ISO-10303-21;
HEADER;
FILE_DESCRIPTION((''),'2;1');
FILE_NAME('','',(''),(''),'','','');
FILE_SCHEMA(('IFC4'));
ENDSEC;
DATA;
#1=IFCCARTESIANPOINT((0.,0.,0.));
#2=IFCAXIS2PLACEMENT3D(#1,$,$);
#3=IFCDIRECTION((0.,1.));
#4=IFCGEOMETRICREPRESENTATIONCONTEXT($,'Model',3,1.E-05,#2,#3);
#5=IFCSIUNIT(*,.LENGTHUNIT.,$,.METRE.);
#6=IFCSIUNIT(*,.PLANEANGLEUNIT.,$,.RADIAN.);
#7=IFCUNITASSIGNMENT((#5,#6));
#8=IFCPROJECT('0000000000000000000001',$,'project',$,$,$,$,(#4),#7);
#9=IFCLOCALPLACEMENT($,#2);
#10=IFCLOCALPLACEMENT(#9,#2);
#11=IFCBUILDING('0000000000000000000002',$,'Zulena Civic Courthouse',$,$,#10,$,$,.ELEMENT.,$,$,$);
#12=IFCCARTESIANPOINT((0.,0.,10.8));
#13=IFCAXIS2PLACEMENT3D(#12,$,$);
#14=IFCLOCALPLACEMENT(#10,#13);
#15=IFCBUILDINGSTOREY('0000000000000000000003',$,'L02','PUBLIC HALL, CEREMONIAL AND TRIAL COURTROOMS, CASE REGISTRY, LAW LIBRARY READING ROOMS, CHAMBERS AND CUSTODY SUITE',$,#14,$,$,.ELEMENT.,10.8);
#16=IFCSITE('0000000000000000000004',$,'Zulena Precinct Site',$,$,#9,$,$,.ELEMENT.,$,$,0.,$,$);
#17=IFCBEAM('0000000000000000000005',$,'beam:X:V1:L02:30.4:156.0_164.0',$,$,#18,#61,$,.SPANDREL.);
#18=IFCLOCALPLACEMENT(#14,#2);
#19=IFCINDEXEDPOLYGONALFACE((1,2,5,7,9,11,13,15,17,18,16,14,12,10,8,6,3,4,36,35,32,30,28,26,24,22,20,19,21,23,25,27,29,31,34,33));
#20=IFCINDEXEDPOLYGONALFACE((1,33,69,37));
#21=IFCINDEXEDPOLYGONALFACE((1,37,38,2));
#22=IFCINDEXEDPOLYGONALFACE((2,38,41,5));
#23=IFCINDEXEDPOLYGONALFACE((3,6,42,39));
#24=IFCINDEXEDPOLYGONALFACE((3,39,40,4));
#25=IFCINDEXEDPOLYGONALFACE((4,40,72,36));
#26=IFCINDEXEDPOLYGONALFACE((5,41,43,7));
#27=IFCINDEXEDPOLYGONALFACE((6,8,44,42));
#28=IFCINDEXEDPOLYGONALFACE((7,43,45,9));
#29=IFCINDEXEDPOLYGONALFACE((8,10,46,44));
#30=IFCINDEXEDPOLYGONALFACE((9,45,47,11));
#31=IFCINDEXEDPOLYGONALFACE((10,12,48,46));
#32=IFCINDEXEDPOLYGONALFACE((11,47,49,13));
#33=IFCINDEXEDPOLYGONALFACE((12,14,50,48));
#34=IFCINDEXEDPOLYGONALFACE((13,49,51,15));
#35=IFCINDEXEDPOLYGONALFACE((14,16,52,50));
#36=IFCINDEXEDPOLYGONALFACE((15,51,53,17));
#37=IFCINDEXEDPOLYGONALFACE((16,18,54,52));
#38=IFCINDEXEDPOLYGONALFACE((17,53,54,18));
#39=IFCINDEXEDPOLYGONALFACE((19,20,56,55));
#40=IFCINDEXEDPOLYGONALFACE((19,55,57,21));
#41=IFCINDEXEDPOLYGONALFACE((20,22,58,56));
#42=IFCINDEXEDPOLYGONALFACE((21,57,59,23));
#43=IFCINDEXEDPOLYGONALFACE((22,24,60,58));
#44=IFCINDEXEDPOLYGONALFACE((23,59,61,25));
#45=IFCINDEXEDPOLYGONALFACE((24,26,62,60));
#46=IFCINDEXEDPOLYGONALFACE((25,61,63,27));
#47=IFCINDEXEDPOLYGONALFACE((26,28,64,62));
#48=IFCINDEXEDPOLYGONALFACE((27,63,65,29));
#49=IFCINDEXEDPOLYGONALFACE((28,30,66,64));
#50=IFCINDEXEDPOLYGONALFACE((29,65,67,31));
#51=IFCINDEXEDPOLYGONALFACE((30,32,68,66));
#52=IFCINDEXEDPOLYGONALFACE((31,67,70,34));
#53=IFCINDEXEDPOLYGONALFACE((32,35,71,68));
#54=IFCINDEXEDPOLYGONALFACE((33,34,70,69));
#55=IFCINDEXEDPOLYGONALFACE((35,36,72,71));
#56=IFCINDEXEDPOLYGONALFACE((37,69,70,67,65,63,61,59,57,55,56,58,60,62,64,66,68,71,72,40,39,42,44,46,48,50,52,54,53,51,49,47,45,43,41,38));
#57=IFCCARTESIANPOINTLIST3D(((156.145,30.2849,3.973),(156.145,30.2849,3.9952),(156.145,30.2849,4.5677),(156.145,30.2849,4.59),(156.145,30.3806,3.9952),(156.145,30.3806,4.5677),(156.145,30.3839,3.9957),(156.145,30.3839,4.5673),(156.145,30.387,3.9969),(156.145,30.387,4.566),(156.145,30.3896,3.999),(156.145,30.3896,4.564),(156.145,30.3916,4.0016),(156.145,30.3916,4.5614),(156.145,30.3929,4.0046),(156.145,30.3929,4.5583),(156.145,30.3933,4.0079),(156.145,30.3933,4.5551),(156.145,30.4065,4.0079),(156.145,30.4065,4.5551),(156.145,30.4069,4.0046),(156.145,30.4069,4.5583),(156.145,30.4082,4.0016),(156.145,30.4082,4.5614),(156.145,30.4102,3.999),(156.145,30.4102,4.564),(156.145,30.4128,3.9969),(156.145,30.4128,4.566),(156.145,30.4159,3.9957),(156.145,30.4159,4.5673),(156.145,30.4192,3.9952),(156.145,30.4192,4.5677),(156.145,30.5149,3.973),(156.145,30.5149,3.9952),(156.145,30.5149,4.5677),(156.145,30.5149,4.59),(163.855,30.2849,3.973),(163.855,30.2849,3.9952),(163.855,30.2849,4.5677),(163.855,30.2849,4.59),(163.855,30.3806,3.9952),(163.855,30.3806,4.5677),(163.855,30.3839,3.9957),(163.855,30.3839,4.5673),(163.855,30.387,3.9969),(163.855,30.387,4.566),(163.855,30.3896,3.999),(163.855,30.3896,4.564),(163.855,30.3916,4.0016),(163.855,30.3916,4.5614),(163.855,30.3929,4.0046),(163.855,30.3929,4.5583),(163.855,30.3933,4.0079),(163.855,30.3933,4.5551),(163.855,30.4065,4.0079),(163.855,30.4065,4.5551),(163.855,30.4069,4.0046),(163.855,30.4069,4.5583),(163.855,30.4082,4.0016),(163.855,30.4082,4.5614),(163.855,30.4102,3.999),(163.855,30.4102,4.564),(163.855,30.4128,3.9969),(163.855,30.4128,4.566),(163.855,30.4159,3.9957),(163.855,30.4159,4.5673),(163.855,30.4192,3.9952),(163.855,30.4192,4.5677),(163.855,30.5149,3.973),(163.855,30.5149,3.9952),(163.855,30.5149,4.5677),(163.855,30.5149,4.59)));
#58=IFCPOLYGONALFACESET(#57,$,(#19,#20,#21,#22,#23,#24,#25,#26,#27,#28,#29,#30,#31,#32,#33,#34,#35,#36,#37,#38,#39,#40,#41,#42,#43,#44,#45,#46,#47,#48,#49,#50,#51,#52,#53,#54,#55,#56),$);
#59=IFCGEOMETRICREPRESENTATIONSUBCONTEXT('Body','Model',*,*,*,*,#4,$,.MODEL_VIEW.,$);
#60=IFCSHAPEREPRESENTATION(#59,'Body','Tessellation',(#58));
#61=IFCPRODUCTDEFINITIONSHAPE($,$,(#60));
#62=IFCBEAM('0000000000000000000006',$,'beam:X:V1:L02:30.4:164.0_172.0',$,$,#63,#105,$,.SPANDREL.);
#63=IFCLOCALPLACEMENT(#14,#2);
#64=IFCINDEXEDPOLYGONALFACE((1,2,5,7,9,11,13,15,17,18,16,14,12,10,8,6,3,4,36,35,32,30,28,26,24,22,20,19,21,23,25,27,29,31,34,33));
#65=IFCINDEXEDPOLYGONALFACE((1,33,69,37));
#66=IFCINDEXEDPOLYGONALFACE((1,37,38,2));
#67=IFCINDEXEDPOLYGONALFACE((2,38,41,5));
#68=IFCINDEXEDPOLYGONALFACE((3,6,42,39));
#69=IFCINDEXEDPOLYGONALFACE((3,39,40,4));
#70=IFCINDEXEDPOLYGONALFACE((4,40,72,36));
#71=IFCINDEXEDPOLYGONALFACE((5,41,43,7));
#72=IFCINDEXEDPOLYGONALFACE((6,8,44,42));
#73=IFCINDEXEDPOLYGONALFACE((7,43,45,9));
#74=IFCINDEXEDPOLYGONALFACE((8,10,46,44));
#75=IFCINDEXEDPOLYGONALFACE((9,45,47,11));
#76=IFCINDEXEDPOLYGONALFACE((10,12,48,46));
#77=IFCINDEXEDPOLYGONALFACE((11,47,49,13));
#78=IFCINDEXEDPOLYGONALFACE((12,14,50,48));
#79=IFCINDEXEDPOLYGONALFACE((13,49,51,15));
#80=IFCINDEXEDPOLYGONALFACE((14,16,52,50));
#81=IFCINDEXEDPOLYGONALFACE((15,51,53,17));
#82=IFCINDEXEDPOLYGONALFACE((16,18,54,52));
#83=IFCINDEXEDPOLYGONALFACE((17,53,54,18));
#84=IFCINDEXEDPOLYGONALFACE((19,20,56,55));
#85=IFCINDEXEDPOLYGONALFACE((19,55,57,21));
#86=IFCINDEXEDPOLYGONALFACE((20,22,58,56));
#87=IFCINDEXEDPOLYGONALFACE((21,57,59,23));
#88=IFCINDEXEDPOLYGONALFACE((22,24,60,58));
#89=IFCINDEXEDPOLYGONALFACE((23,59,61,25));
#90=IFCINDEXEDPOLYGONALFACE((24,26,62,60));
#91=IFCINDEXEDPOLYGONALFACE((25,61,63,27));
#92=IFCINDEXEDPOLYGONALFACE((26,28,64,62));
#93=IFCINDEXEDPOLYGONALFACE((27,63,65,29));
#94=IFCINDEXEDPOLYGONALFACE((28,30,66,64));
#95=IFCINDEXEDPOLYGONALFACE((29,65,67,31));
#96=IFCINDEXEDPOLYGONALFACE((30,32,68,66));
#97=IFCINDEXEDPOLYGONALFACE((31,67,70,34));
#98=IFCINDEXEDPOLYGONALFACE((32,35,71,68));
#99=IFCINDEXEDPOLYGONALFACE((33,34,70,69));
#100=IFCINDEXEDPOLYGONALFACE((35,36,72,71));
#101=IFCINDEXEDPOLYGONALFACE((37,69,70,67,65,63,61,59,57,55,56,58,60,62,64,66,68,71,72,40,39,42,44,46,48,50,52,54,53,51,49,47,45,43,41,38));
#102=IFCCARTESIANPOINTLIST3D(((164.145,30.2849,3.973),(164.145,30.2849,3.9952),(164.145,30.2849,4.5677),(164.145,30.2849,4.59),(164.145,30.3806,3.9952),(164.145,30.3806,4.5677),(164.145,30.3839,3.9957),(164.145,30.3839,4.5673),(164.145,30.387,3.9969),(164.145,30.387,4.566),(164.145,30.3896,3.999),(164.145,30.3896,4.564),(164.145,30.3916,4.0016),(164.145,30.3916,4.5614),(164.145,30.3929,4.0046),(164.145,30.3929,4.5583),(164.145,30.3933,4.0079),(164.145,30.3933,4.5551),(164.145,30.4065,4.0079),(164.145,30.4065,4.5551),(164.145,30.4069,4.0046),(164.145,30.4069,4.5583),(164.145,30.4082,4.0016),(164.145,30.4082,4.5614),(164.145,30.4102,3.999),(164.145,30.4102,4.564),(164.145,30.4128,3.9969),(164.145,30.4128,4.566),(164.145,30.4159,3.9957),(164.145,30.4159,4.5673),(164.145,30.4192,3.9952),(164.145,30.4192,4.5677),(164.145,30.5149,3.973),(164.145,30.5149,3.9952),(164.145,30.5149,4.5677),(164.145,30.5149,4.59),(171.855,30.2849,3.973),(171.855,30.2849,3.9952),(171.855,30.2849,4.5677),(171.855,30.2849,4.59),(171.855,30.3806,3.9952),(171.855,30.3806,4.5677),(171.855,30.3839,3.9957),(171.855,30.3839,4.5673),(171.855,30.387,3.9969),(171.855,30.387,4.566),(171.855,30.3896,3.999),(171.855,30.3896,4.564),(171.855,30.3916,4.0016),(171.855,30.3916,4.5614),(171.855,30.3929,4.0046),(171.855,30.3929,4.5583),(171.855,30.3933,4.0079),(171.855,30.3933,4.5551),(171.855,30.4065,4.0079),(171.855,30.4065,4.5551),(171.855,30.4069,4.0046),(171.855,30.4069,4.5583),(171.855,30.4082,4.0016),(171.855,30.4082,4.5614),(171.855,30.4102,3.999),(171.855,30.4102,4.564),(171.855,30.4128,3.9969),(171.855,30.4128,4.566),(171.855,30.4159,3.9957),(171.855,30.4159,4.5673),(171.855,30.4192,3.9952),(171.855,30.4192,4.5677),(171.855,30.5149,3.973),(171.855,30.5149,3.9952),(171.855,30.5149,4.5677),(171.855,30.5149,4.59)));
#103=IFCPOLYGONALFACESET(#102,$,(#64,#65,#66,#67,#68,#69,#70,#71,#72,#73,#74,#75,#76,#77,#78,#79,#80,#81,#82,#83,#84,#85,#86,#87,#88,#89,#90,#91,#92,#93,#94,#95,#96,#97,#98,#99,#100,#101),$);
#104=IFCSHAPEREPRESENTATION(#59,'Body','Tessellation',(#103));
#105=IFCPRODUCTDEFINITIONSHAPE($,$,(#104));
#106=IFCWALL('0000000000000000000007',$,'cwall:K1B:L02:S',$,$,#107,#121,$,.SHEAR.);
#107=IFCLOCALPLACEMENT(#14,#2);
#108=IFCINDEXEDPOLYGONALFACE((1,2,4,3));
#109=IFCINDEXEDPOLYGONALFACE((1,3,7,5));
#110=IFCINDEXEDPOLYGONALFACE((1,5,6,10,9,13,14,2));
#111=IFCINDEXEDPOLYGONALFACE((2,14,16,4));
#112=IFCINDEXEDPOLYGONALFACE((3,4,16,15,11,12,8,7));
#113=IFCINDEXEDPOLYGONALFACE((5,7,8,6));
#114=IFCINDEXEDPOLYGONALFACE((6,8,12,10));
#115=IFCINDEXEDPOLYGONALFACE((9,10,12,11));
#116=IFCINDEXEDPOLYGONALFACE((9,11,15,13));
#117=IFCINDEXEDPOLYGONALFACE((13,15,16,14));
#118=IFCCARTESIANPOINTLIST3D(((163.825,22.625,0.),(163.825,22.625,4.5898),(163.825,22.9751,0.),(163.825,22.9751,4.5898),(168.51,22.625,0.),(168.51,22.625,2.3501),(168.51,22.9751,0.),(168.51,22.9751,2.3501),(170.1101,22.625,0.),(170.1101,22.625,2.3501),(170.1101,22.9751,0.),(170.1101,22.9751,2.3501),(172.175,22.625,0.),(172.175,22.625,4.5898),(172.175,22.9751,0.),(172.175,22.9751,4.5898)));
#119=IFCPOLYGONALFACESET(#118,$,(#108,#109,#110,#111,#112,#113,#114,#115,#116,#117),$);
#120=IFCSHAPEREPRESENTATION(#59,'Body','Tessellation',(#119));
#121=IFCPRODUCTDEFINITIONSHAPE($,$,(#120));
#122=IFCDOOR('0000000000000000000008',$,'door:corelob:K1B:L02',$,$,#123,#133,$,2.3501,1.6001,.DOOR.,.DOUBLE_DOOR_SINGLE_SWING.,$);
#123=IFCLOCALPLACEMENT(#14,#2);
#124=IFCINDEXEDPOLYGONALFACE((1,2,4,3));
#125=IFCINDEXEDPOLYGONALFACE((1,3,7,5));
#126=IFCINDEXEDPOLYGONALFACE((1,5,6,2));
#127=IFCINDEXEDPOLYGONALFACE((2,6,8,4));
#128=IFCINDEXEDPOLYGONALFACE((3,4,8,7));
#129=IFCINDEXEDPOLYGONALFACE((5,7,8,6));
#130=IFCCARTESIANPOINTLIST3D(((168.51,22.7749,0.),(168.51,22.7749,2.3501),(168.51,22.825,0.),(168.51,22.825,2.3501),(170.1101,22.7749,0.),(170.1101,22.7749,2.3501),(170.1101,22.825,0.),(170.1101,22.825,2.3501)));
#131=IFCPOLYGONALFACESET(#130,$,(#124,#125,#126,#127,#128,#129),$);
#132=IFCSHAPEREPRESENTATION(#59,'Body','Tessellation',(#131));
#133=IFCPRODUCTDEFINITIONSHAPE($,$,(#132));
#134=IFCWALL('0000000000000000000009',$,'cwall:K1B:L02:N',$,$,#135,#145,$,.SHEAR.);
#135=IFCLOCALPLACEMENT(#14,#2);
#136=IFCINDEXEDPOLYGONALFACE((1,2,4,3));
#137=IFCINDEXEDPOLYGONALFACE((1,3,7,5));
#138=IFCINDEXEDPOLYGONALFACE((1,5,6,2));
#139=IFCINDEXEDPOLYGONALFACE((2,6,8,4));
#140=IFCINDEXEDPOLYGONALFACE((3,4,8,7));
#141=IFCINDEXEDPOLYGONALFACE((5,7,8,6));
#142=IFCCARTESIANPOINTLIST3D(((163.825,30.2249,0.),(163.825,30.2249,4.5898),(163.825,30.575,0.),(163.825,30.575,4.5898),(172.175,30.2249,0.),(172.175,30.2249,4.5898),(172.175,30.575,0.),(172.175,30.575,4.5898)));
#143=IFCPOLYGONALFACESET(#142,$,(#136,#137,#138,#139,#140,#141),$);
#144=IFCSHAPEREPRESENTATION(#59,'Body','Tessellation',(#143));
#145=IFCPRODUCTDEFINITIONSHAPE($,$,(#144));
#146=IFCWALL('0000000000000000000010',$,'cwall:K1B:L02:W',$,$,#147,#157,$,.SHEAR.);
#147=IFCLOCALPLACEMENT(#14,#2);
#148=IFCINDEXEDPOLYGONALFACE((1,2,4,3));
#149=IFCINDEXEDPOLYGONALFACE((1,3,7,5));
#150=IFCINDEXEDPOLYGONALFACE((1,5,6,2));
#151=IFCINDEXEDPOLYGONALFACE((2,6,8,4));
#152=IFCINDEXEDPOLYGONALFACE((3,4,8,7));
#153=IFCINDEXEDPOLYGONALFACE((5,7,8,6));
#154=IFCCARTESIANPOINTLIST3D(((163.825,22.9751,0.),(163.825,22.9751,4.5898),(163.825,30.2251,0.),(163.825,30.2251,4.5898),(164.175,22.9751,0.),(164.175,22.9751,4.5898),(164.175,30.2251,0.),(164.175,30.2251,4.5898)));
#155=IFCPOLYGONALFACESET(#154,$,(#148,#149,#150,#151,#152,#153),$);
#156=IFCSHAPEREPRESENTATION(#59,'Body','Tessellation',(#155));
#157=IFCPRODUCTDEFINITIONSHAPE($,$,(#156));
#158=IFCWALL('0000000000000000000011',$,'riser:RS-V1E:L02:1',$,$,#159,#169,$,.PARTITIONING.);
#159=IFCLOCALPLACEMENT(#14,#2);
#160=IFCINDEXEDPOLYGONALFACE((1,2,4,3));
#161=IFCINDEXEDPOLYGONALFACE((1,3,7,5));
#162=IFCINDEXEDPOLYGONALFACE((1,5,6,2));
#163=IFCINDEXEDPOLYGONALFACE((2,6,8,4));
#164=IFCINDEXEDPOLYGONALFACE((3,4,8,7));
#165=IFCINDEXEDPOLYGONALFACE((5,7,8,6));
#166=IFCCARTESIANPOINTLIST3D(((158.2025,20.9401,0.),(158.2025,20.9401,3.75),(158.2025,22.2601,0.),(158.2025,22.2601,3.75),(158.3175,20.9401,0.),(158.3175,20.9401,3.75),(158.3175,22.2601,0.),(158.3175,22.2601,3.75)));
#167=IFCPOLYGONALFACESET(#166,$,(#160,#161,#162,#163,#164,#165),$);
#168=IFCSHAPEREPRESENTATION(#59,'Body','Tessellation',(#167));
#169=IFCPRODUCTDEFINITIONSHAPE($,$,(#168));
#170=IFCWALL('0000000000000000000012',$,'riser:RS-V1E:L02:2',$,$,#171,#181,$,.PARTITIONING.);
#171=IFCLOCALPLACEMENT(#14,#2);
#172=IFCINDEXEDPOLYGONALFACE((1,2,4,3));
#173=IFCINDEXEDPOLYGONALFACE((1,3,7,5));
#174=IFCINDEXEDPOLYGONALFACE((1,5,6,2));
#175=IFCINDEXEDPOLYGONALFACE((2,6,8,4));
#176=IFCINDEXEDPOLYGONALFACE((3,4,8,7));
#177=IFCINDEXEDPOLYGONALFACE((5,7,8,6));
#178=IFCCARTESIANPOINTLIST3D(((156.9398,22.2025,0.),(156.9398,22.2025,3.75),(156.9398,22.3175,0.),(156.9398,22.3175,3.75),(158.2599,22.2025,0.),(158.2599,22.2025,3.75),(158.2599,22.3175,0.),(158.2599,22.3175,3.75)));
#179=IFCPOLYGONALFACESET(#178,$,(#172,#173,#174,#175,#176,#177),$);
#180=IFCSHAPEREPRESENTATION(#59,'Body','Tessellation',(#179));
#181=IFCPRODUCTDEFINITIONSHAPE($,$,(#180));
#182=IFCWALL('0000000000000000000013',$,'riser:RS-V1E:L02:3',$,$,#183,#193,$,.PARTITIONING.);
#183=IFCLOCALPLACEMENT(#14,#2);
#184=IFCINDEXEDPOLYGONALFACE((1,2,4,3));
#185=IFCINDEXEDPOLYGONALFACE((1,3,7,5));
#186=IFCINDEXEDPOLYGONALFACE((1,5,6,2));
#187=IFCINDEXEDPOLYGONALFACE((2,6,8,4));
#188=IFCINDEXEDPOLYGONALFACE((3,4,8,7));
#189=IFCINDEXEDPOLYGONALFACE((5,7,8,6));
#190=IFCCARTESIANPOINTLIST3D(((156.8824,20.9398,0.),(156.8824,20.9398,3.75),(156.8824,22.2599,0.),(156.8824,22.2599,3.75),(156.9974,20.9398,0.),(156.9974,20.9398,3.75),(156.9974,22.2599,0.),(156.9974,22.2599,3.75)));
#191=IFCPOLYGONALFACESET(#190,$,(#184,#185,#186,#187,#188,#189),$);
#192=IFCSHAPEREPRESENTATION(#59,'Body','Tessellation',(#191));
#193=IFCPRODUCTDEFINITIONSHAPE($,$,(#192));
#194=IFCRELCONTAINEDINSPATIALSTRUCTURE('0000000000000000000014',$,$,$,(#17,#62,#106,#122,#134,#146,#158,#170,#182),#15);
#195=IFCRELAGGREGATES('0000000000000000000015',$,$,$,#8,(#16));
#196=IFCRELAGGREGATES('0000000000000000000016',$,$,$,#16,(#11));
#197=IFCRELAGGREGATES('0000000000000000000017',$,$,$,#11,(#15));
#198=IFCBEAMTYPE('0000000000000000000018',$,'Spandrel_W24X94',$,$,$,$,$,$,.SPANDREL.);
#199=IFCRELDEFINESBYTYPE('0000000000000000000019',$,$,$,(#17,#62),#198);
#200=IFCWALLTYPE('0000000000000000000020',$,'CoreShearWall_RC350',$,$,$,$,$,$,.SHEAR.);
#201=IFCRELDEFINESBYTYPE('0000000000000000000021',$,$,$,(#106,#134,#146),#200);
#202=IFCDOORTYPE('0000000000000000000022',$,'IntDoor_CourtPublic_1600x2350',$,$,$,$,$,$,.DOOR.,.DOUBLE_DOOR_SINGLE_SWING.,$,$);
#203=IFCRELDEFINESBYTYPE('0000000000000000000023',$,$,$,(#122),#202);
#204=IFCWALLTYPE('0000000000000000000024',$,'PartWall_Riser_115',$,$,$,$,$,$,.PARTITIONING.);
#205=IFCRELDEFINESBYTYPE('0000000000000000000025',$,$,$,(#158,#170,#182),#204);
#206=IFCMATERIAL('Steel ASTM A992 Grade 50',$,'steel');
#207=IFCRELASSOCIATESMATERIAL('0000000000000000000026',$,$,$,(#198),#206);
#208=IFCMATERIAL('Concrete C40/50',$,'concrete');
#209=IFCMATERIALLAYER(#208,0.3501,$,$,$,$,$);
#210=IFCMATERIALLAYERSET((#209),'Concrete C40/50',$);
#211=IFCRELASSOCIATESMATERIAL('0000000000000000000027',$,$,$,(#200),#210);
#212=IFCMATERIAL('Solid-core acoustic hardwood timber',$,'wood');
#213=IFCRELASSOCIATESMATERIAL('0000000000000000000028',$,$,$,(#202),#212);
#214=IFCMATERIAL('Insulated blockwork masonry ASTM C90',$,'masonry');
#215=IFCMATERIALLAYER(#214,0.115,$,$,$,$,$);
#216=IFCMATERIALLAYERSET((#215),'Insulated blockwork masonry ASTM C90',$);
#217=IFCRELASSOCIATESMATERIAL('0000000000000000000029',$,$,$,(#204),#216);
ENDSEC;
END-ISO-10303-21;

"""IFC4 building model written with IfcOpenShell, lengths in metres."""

from ifc_helpers import new_model, si_unit, direction, frame, frame_2d, origin, origin_2d, place, context, subcontext, project, spatial, rectangle, i_section, extrude, material, layer, layer_set, material_profile, profile_set, type_object, element, fill, save


model = new_model("IFC4")

# Units and contexts
model_context = context("Model", 3, precision=1e-05, world=origin(), true_north=direction((0.0, 1.0)))
body_context = subcontext(model_context, "Body", "Model", "MODEL_VIEW")
ifc_project = project(units=[si_unit("LENGTHUNIT", "METRE"), si_unit("PLANEANGLEUNIT", "RADIAN")], contexts=[model_context])

# Site, building, storey
site_placement = place(None, origin())
site = spatial("IfcSite", under=ifc_project, at=site_placement, Name="Zulena Precinct Site", CompositionType="ELEMENT", RefElevation=0.0)
building_placement = place(site_placement, origin())
building = spatial("IfcBuilding", under=site, at=building_placement, Name="Zulena Civic Courthouse", CompositionType="ELEMENT")
storey_placement = place(building_placement, frame((0.0, 0.0, 10.8)))
storey = spatial("IfcBuildingStorey", under=building, at=storey_placement, Name="L02", Description="PUBLIC HALL, CEREMONIAL AND TRIAL COURTROOMS, CASE REGISTRY, LAW LIBRARY READING ROOMS, CHAMBERS AND CUSTODY SUITE", CompositionType="ELEMENT", Elevation=10.8)

# Shared definitions
ifc_material_1 = material(Name="Steel ASTM A992 Grade 50", Category="steel")

# Beams
ifc_material_profile_1 = material_profile(ifc_material_1, i_section(OverallWidth=0.23, OverallDepth=0.6169, WebThickness=0.0132, FlangeThickness=0.0222, FilletRadius=0.0127, at=origin_2d()), Name="W24X94")
ifc_profile_set_1 = profile_set([ifc_material_profile_1], Name="Steel ASTM A992 Grade 50")
beam_type_1 = type_object("IfcBeamType", Name="Spandrel_W24X94", PredefinedType="SPANDREL", material=ifc_profile_set_1)
for number, where, z_axis, x_axis, name in (
    (1, (156.145, 30.3999, 4.2815), (1.0, 0.0, 0.0), (0.0, 1.0, 0.0), "beam:X:V1:L02:30.4:156.0_164.0"),
    (2, (164.145, 30.3999, 4.2815), (1.0, 0.0, 0.0), (0.0, 1.0, 0.0), "beam:X:V1:L02:30.4:164.0_172.0"),
):
    element("IfcBeam", number, at=place(storey_placement, frame(where, z_axis=z_axis, x_axis=x_axis)), inside=storey, type_object=beam_type_1, Name=name, PredefinedType="SPANDREL", context=body_context, shape_type="SweptSolid", body=[
        extrude(i_section(OverallWidth=0.23, OverallDepth=0.6169, WebThickness=0.0132, FlangeThickness=0.0222, FilletRadius=0.0127, at=origin_2d()), origin(), (0.0, 0.0, 1.0), 7.71),
    ])

# Wall, opening, door
ifc_material_2 = material(Name="Concrete C40/50", Category="concrete")
ifc_layer_1 = layer(ifc_material_2, 0.3501)
ifc_layer_set_1 = layer_set([ifc_layer_1], Name="Concrete C40/50")
wall_type_1 = type_object("IfcWallType", Name="CoreShearWall_RC350", PredefinedType="SHEAR", material=ifc_layer_set_1)
wall_1_placement = place(storey_placement, frame((163.825, 22.8, 0.0), z_axis=(0.0, 0.0, 1.0), x_axis=(1.0, 0.0, 0.0)))
wall_1 = element("IfcWall", 3, at=wall_1_placement, inside=storey, type_object=wall_type_1, Name="cwall:K1B:L02:S", PredefinedType="SHEAR", context=body_context, shape_type="SweptSolid", body=[
    extrude(rectangle(XDim=8.3501, YDim=0.3501, at=frame_2d((4.175, 0.0))), origin(), (0.0, 0.0, 1.0), 4.5898),
])
opening_placement = place(wall_1_placement, frame((4.6851, 0.0, 0.0)))
opening = element("IfcOpeningElement", 4, at=opening_placement, cuts=wall_1, PredefinedType="OPENING", context=body_context, shape_type="SweptSolid", body=[
    extrude(rectangle(XDim=1.6001, YDim=2.3501, at=frame_2d((0.8, 1.175))), frame((0.0, 0.1851, 0.0), z_axis=(0.0, -1.0, 0.0), x_axis=(1.0, 0.0, 0.0)), (0.0, 0.0, 1.0), 0.3701),
])
ifc_material_3 = material(Name="Solid-core acoustic hardwood timber", Category="wood")
door_type = type_object("IfcDoorType", Name="IntDoor_CourtPublic_1600x2350", OperationType="DOUBLE_DOOR_SINGLE_SWING", PredefinedType="DOOR", material=ifc_material_3)
door_placement = place(opening_placement, origin())
door = element("IfcDoor", 5, at=door_placement, inside=storey, type_object=door_type, Name="door:corelob:K1B:L02", OperationType="DOUBLE_DOOR_SINGLE_SWING", OverallHeight=2.3501, OverallWidth=1.6001, PredefinedType="DOOR", context=body_context, shape_type="SweptSolid", body=[
    extrude(rectangle(XDim=1.6001, YDim=2.3501, at=frame_2d((0.8, 1.175))), frame((0.0, 0.0249, 0.0), z_axis=(0.0, -1.0, 0.0), x_axis=(1.0, 0.0, 0.0)), (0.0, 0.0, 1.0), 0.05),
])
fill(opening, door)

# Walls
wall_2_placement = place(storey_placement, frame((163.825, 30.3999, 0.0), z_axis=(0.0, 0.0, 1.0), x_axis=(1.0, 0.0, 0.0)))
element("IfcWall", 6, at=wall_2_placement, inside=storey, type_object=wall_type_1, Name="cwall:K1B:L02:N", PredefinedType="SHEAR", context=body_context, shape_type="SweptSolid", body=[
    extrude(rectangle(XDim=8.3501, YDim=0.3501, at=frame_2d((4.175, 0.0))), origin(), (0.0, 0.0, 1.0), 4.5898),
])
wall_3_placement = place(storey_placement, frame((164.0, 22.9751, 0.0), z_axis=(0.0, 0.0, 1.0), x_axis=(0.0, 1.0, 0.0)))
element("IfcWall", 7, at=wall_3_placement, inside=storey, type_object=wall_type_1, Name="cwall:K1B:L02:W", PredefinedType="SHEAR", context=body_context, shape_type="SweptSolid", body=[
    extrude(rectangle(XDim=7.25, YDim=0.3501, at=frame_2d((3.625, 0.0))), origin(), (0.0, 0.0, 1.0), 4.5898),
])
ifc_material_4 = material(Name="Insulated blockwork masonry ASTM C90", Category="masonry")
ifc_layer_2 = layer(ifc_material_4, 0.115)
ifc_layer_set_2 = layer_set([ifc_layer_2], Name="Insulated blockwork masonry ASTM C90")
wall_type_2 = type_object("IfcWallType", Name="PartWall_Riser_115", PredefinedType="PARTITIONING", material=ifc_layer_set_2)
for number, where, z_axis, x_axis, name in (
    (8, (158.26, 20.9399, 0.0), (0.0, 0.0, 1.0), (0.0, 1.0, 0.0), "riser:RS-V1E:L02:1"),
    (9, (158.26, 22.26, 0.0), (0.0, 0.0, 1.0), (-1.0, 0.0, 0.0), "riser:RS-V1E:L02:2"),
    (10, (156.9399, 22.26, 0.0), (0.0, 0.0, 1.0), (0.0, -1.0, 0.0), "riser:RS-V1E:L02:3"),
):
    element("IfcWall", number, at=place(storey_placement, frame(where, z_axis=z_axis, x_axis=x_axis)), inside=storey, type_object=wall_type_2, Name=name, PredefinedType="PARTITIONING", context=body_context, shape_type="SweptSolid", body=[
        extrude(rectangle(XDim=1.3201, YDim=0.115, at=frame_2d((0.6602, 0.0))), origin(), (0.0, 0.0, 1.0), 3.75),
    ])

save(model, "model.ifc")
